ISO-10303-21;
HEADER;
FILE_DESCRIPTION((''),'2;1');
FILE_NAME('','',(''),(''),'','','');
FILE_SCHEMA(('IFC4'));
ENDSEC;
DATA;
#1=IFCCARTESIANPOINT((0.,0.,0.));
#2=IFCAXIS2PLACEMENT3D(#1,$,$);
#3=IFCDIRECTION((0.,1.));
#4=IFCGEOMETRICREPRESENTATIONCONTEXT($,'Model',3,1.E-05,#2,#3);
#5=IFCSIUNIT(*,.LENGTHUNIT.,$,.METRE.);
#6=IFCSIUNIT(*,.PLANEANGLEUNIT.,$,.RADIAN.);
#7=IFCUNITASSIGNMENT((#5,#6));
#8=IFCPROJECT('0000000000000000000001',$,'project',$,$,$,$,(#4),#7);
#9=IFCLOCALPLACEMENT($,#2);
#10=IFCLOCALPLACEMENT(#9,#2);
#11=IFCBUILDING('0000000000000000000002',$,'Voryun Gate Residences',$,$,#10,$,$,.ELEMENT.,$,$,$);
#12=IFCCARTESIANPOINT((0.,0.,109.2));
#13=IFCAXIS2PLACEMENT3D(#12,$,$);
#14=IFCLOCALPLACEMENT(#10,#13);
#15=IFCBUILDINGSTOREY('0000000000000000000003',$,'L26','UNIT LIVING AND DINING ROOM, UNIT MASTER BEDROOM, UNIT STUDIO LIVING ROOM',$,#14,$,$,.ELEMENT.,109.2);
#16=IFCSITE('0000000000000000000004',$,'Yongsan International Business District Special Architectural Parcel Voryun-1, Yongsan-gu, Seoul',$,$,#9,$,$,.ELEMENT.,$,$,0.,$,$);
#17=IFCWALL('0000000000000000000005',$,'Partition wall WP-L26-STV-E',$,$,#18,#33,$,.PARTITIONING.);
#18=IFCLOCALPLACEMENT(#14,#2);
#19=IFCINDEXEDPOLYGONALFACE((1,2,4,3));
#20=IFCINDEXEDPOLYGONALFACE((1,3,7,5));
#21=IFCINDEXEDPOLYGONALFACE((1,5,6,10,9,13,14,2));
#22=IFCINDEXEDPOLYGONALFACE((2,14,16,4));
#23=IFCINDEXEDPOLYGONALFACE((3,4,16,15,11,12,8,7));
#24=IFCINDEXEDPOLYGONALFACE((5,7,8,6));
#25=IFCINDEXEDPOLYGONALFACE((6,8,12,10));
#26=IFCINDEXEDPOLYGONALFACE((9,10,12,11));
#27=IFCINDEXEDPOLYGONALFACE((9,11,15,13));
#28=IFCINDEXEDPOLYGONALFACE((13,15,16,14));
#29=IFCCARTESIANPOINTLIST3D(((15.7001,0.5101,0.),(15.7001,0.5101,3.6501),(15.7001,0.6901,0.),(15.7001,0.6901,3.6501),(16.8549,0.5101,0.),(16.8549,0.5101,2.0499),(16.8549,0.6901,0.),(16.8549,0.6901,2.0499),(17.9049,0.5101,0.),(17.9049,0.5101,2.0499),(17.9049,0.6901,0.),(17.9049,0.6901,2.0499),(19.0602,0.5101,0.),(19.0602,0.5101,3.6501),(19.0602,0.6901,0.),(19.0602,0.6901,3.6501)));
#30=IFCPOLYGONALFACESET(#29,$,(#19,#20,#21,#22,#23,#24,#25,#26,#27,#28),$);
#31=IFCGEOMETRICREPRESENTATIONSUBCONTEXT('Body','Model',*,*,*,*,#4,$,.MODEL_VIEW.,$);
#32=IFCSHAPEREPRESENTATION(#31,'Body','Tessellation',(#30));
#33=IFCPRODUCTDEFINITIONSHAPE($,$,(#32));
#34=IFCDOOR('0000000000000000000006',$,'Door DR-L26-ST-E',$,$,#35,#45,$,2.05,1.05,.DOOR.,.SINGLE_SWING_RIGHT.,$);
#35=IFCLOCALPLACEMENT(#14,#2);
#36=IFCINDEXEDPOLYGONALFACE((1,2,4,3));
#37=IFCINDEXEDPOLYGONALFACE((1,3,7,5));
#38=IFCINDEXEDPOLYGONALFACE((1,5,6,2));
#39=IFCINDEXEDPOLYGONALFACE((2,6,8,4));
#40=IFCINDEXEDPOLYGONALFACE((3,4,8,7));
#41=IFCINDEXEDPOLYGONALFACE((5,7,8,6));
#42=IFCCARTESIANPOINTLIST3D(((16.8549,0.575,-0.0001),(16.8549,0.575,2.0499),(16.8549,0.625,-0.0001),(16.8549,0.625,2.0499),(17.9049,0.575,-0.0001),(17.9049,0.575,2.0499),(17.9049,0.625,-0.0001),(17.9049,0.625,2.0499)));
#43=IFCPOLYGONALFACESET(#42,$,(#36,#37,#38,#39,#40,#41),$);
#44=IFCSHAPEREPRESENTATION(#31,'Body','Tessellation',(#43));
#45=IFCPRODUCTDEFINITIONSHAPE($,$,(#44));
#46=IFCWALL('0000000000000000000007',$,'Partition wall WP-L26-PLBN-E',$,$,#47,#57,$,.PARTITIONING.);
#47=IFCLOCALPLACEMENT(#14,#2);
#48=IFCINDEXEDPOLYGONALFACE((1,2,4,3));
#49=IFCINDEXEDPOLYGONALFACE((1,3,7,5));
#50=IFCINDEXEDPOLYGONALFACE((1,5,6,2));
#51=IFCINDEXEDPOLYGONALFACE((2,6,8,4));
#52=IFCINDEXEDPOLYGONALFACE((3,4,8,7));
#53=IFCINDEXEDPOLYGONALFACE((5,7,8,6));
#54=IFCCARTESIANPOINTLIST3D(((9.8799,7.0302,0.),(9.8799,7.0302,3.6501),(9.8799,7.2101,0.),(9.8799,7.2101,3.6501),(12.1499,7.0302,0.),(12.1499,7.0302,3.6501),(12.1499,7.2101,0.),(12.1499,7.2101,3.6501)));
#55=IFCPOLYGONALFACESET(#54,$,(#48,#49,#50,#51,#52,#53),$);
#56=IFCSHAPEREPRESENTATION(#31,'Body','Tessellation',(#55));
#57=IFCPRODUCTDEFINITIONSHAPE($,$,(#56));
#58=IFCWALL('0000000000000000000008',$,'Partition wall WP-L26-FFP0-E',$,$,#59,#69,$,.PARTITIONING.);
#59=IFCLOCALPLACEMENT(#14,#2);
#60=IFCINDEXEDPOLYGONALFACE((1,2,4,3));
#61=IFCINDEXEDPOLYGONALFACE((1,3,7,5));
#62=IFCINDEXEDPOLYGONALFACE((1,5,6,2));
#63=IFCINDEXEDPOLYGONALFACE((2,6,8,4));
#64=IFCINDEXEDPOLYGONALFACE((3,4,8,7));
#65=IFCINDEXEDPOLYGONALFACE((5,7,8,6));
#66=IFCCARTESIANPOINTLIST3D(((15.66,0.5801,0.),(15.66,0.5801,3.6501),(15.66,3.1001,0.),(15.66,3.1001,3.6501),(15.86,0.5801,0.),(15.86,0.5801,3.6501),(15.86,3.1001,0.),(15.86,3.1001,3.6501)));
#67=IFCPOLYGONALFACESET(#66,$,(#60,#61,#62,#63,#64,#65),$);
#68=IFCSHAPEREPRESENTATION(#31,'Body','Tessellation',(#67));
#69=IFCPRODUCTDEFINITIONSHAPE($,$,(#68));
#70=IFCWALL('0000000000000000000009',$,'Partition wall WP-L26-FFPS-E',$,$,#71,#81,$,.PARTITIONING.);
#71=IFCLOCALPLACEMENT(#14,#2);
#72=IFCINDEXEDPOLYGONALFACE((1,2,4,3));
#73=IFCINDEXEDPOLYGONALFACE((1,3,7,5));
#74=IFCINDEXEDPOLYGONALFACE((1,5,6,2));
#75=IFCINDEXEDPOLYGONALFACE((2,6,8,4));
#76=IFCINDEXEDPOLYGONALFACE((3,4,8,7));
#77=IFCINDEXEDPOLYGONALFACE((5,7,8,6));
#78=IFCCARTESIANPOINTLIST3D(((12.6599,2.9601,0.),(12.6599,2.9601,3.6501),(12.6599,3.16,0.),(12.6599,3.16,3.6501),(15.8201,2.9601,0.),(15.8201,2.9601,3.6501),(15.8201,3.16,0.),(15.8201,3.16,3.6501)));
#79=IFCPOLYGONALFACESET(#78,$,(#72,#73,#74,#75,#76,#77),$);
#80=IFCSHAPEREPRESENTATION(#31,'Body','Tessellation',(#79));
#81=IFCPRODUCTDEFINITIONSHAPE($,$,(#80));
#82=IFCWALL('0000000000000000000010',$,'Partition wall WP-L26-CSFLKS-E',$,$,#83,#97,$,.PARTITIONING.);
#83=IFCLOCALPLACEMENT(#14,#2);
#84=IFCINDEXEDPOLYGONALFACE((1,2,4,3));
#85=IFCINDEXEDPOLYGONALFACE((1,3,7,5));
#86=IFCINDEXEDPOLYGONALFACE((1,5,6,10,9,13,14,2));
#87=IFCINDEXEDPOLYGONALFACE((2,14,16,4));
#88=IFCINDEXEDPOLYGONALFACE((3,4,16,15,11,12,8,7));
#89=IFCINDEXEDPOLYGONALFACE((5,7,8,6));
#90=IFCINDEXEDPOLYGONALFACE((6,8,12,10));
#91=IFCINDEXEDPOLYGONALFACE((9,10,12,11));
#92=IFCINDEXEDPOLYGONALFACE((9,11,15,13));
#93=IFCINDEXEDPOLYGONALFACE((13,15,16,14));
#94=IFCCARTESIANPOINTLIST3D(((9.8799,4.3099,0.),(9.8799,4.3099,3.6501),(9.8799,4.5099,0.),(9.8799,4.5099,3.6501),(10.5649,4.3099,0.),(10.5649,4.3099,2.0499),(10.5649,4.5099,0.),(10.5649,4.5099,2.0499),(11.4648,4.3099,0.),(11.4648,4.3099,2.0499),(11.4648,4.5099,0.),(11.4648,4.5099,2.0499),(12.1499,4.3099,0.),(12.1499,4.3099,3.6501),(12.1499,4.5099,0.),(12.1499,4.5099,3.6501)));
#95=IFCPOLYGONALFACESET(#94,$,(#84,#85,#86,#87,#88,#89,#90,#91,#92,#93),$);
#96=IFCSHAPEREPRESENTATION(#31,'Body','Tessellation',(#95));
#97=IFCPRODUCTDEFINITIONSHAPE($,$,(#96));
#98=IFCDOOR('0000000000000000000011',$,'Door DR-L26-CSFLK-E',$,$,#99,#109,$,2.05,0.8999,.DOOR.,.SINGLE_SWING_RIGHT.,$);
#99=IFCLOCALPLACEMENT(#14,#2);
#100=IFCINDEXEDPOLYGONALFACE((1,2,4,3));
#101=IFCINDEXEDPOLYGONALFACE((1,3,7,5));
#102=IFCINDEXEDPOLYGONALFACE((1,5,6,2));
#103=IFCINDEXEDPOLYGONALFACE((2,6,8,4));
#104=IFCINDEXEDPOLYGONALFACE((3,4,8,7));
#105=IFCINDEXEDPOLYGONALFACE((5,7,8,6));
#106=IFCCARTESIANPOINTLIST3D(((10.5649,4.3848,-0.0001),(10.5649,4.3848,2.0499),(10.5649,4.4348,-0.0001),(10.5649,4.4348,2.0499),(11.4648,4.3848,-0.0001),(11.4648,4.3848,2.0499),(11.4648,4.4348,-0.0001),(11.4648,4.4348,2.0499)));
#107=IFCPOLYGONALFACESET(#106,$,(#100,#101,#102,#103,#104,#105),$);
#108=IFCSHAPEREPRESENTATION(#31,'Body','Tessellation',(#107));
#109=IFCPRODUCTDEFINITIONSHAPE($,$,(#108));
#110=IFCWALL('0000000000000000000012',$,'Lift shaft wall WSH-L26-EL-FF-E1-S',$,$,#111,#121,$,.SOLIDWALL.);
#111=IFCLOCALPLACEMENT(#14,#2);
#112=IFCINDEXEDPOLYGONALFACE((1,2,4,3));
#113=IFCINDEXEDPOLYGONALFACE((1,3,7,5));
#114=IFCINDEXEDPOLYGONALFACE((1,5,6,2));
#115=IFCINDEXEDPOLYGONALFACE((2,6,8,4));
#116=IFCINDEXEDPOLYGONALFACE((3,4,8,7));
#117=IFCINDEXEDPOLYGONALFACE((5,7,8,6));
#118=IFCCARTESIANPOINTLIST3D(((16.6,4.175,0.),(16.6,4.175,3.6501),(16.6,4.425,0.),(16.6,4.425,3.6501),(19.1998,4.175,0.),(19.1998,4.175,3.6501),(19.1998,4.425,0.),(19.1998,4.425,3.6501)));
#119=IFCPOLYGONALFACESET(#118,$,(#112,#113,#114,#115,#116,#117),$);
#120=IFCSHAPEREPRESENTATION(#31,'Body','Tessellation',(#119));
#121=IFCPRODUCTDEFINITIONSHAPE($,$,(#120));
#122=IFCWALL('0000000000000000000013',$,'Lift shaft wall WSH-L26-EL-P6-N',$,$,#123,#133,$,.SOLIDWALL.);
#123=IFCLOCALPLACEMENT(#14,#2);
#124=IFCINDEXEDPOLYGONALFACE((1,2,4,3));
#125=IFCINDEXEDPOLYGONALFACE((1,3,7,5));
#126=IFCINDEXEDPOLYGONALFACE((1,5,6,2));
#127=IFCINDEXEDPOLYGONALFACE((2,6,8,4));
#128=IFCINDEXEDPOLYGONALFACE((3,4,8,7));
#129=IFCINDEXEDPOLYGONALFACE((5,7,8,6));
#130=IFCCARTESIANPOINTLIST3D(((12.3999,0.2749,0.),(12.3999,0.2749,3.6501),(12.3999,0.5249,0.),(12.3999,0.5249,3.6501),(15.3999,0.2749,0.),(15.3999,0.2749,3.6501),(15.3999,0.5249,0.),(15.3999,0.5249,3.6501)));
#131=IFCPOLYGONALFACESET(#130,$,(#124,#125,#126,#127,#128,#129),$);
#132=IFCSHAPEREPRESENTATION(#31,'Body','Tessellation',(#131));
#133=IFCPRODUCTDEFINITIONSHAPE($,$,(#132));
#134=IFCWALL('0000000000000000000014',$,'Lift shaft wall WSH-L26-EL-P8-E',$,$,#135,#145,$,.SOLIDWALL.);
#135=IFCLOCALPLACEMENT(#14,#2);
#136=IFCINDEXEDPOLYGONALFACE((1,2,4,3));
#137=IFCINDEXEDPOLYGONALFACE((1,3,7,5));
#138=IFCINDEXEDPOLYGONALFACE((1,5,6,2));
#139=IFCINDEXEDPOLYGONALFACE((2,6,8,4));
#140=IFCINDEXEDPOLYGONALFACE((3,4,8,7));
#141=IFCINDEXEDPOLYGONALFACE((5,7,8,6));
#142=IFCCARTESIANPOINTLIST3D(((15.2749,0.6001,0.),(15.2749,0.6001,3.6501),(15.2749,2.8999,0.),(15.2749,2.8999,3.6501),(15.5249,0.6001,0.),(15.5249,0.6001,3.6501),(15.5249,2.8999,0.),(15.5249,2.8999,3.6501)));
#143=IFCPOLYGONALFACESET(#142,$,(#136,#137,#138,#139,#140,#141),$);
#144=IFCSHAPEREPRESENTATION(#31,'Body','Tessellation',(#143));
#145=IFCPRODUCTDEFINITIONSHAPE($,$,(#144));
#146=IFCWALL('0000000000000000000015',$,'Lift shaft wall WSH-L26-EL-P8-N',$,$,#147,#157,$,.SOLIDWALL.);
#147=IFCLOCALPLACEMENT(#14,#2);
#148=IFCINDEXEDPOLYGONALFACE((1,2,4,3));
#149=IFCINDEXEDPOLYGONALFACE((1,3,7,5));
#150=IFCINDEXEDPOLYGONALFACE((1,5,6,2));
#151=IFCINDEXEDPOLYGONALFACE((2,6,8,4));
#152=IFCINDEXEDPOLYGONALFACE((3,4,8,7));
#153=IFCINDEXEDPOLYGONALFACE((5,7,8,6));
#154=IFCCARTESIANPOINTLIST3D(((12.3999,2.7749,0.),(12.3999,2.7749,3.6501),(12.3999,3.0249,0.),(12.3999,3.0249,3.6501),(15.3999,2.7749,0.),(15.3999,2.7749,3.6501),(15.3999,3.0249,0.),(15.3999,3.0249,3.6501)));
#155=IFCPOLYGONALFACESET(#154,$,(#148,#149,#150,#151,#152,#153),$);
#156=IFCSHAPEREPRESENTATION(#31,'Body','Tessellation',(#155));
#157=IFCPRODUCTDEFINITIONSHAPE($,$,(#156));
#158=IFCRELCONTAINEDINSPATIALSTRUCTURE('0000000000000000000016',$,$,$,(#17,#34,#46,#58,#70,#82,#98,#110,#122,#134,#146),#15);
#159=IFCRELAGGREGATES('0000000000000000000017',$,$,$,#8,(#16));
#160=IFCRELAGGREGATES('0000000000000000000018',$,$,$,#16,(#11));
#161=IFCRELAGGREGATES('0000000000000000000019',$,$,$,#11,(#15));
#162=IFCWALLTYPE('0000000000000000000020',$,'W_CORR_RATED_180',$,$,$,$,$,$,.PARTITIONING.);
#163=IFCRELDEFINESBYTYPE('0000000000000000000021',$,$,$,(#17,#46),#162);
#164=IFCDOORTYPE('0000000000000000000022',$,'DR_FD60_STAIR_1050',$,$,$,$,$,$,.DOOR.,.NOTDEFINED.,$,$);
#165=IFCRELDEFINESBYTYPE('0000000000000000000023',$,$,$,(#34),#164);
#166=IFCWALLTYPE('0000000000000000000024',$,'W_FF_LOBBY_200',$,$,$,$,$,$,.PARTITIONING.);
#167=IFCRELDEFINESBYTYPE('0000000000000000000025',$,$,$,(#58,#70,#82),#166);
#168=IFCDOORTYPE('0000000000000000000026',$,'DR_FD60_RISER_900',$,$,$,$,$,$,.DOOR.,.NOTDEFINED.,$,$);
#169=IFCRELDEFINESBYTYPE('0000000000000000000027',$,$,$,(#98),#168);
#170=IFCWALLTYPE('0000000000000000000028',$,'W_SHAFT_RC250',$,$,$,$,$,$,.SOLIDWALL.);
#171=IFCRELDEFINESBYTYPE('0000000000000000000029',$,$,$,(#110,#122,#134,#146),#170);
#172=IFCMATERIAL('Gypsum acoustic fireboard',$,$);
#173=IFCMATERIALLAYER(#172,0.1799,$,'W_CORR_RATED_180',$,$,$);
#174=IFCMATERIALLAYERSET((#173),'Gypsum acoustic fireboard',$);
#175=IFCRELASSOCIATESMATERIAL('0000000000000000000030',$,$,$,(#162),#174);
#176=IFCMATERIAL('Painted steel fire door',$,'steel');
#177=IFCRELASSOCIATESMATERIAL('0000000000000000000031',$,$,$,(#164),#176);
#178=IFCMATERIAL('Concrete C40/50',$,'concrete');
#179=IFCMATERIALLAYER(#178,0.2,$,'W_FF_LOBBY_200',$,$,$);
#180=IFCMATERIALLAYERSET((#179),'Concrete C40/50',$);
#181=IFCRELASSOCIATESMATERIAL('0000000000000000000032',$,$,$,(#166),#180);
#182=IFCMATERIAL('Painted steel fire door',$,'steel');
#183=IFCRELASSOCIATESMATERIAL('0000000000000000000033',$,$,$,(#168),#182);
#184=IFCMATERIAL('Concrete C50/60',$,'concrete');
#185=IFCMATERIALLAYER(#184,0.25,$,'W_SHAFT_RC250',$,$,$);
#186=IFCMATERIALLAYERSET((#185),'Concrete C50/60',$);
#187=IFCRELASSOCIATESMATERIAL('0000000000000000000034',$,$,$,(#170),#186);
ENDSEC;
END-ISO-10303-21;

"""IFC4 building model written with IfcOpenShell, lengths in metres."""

from ifc_helpers import new_model, si_unit, direction, frame, frame_2d, origin, place, context, subcontext, project, spatial, rectangle, extrude, material, layer, layer_set, type_object, element, fill, save


model = new_model("IFC4")

# Units and contexts
model_context = context("Model", 3, precision=1e-05, world=origin(), true_north=direction((0.0, 1.0)))
body_context = subcontext(model_context, "Body", "Model", "MODEL_VIEW")
ifc_project = project(units=[si_unit("LENGTHUNIT", "METRE"), si_unit("PLANEANGLEUNIT", "RADIAN")], contexts=[model_context])

# Site, building, storey
site_placement = place(None, origin())
site = spatial("IfcSite", under=ifc_project, at=site_placement, Name="Yongsan International Business District Special Architectural Parcel Voryun-1, Yongsan-gu, Seoul", CompositionType="ELEMENT", RefElevation=0.0)
building_placement = place(site_placement, origin())
building = spatial("IfcBuilding", under=site, at=building_placement, Name="Voryun Gate Residences", CompositionType="ELEMENT")
storey_placement = place(building_placement, frame((0.0, 0.0, 109.2)))
storey = spatial("IfcBuildingStorey", under=building, at=storey_placement, Name="L26", Description="UNIT LIVING AND DINING ROOM, UNIT MASTER BEDROOM, UNIT STUDIO LIVING ROOM", CompositionType="ELEMENT", Elevation=109.2)

# Wall, opening, door
ifc_material_1 = material(Name="Gypsum acoustic fireboard")
ifc_layer_1 = layer(ifc_material_1, 0.1799, Name="W_CORR_RATED_180")
ifc_layer_set_1 = layer_set([ifc_layer_1], Name="Gypsum acoustic fireboard")
wall_type_1 = type_object("IfcWallType", Name="W_CORR_RATED_180", PredefinedType="PARTITIONING", material=ifc_layer_set_1)
wall_1_placement = place(storey_placement, frame((15.7, 0.6001, 0.0), z_axis=(0.0, 0.0, 1.0), x_axis=(1.0, 0.0, 0.0)))
wall_1 = element("IfcWall", 1, at=wall_1_placement, inside=storey, type_object=wall_type_1, Name="Partition wall WP-L26-STV-E", PredefinedType="PARTITIONING", context=body_context, shape_type="SweptSolid", body=[
    extrude(rectangle(XDim=3.3601, YDim=0.1799, at=frame_2d((1.6802, 0.0))), origin(), (0.0, 0.0, 1.0), 3.6501),
])
opening_1_placement = place(wall_1_placement, frame((1.155, 0.0, 0.0)))
opening_1 = element("IfcOpeningElement", 2, at=opening_1_placement, cuts=wall_1, PredefinedType="OPENING", context=body_context, shape_type="SweptSolid", body=[
    extrude(rectangle(XDim=1.05, YDim=2.05, at=frame_2d((0.5249, 1.0249))), frame((0.0, 0.0999, 0.0), z_axis=(0.0, -1.0, 0.0), x_axis=(1.0, 0.0, 0.0)), (0.0, 0.0, 1.0), 0.2),
])
ifc_material_2 = material(Name="Painted steel fire door", Category="steel")
door_type_1 = type_object("IfcDoorType", Name="DR_FD60_STAIR_1050", OperationType="NOTDEFINED", PredefinedType="DOOR", material=ifc_material_2)
door_1_placement = place(opening_1_placement, origin())
door_1 = element("IfcDoor", 3, at=door_1_placement, inside=storey, type_object=door_type_1, Name="Door DR-L26-ST-E", OperationType="SINGLE_SWING_RIGHT", OverallHeight=2.05, OverallWidth=1.05, PredefinedType="DOOR", context=body_context, shape_type="SweptSolid", body=[
    extrude(rectangle(XDim=1.05, YDim=2.05, at=frame_2d((0.5249, 1.0249))), frame((0.0, 0.0249, 0.0), z_axis=(0.0, -1.0, 0.0), x_axis=(1.0, 0.0, 0.0)), (0.0, 0.0, 1.0), 0.05),
])
fill(opening_1, door_1)

# Walls
wall_2_placement = place(storey_placement, frame((9.8799, 7.1201, 0.0), z_axis=(0.0, 0.0, 1.0), x_axis=(1.0, 0.0, 0.0)))
element("IfcWall", 4, at=wall_2_placement, inside=storey, type_object=wall_type_1, Name="Partition wall WP-L26-PLBN-E", PredefinedType="PARTITIONING", context=body_context, shape_type="SweptSolid", body=[
    extrude(rectangle(XDim=2.27, YDim=0.1799, at=frame_2d((1.135, 0.0))), origin(), (0.0, 0.0, 1.0), 3.6501),
])
ifc_material_3 = material(Name="Concrete C40/50", Category="concrete")
ifc_layer_2 = layer(ifc_material_3, 0.2, Name="W_FF_LOBBY_200")
ifc_layer_set_2 = layer_set([ifc_layer_2], Name="Concrete C40/50")
wall_type_2 = type_object("IfcWallType", Name="W_FF_LOBBY_200", PredefinedType="PARTITIONING", material=ifc_layer_set_2)
wall_3_placement = place(storey_placement, frame((15.76, 0.5801, 0.0), z_axis=(0.0, 0.0, 1.0), x_axis=(0.0, 1.0, 0.0)))
element("IfcWall", 5, at=wall_3_placement, inside=storey, type_object=wall_type_2, Name="Partition wall WP-L26-FFP0-E", PredefinedType="PARTITIONING", context=body_context, shape_type="SweptSolid", body=[
    extrude(rectangle(XDim=2.52, YDim=0.2, at=frame_2d((1.26, 0.0))), origin(), (0.0, 0.0, 1.0), 3.6501),
])
wall_4_placement = place(storey_placement, frame((12.6599, 3.0601, 0.0), z_axis=(0.0, 0.0, 1.0), x_axis=(1.0, 0.0, 0.0)))
element("IfcWall", 6, at=wall_4_placement, inside=storey, type_object=wall_type_2, Name="Partition wall WP-L26-FFPS-E", PredefinedType="PARTITIONING", context=body_context, shape_type="SweptSolid", body=[
    extrude(rectangle(XDim=3.1602, YDim=0.2, at=frame_2d((1.5801, 0.0))), origin(), (0.0, 0.0, 1.0), 3.6501),
])

# Wall, opening, door
wall_5_placement = place(storey_placement, frame((9.8799, 4.4099, 0.0), z_axis=(0.0, 0.0, 1.0), x_axis=(1.0, 0.0, 0.0)))
wall_5 = element("IfcWall", 7, at=wall_5_placement, inside=storey, type_object=wall_type_2, Name="Partition wall WP-L26-CSFLKS-E", PredefinedType="PARTITIONING", context=body_context, shape_type="SweptSolid", body=[
    extrude(rectangle(XDim=2.27, YDim=0.2, at=frame_2d((1.135, 0.0))), origin(), (0.0, 0.0, 1.0), 3.6501),
])
opening_2_placement = place(wall_5_placement, frame((0.6851, 0.0, 0.0)))
opening_2 = element("IfcOpeningElement", 8, at=opening_2_placement, cuts=wall_5, PredefinedType="OPENING", context=body_context, shape_type="SweptSolid", body=[
    extrude(rectangle(XDim=0.8999, YDim=2.05, at=frame_2d((0.45, 1.0249))), frame((0.0, 0.1101, 0.0), z_axis=(0.0, -1.0, 0.0), x_axis=(1.0, 0.0, 0.0)), (0.0, 0.0, 1.0), 0.22),
])
ifc_material_4 = material(Name="Painted steel fire door", Category="steel")
door_type_2 = type_object("IfcDoorType", Name="DR_FD60_RISER_900", OperationType="NOTDEFINED", PredefinedType="DOOR", material=ifc_material_4)
door_2_placement = place(opening_2_placement, origin())
door_2 = element("IfcDoor", 9, at=door_2_placement, inside=storey, type_object=door_type_2, Name="Door DR-L26-CSFLK-E", OperationType="SINGLE_SWING_RIGHT", OverallHeight=2.05, OverallWidth=0.8999, PredefinedType="DOOR", context=body_context, shape_type="SweptSolid", body=[
    extrude(rectangle(XDim=0.8999, YDim=2.05, at=frame_2d((0.45, 1.0249))), frame((0.0, 0.0249, 0.0), z_axis=(0.0, -1.0, 0.0), x_axis=(1.0, 0.0, 0.0)), (0.0, 0.0, 1.0), 0.05),
])
fill(opening_2, door_2)

# Walls
ifc_material_5 = material(Name="Concrete C50/60", Category="concrete")
ifc_layer_3 = layer(ifc_material_5, 0.25, Name="W_SHAFT_RC250")
ifc_layer_set_3 = layer_set([ifc_layer_3], Name="Concrete C50/60")
wall_type_3 = type_object("IfcWallType", Name="W_SHAFT_RC250", PredefinedType="SOLIDWALL", material=ifc_layer_set_3)
wall_6_placement = place(storey_placement, frame((16.6001, 4.3, 0.0), z_axis=(0.0, 0.0, 1.0), x_axis=(1.0, 0.0, 0.0)))
element("IfcWall", 10, at=wall_6_placement, inside=storey, type_object=wall_type_3, Name="Lift shaft wall WSH-L26-EL-FF-E1-S", PredefinedType="SOLIDWALL", context=body_context, shape_type="SweptSolid", body=[
    extrude(rectangle(XDim=2.5999, YDim=0.25, at=frame_2d((1.2998, 0.0))), origin(), (0.0, 0.0, 1.0), 3.6501),
])
wall_7_placement = place(storey_placement, frame((15.3999, 0.3999, 0.0), z_axis=(0.0, 0.0, 1.0), x_axis=(-1.0, 0.0, 0.0)))
element("IfcWall", 11, at=wall_7_placement, inside=storey, type_object=wall_type_3, Name="Lift shaft wall WSH-L26-EL-P6-N", PredefinedType="SOLIDWALL", context=body_context, shape_type="SweptSolid", body=[
    extrude(rectangle(XDim=3.0, YDim=0.25, at=frame_2d((1.5, 0.0))), origin(), (0.0, 0.0, 1.0), 3.6501),
])
wall_8_placement = place(storey_placement, frame((15.3999, 0.6001, 0.0), z_axis=(0.0, 0.0, 1.0), x_axis=(0.0, 1.0, 0.0)))
element("IfcWall", 12, at=wall_8_placement, inside=storey, type_object=wall_type_3, Name="Lift shaft wall WSH-L26-EL-P8-E", PredefinedType="SOLIDWALL", context=body_context, shape_type="SweptSolid", body=[
    extrude(rectangle(XDim=2.2998, YDim=0.25, at=frame_2d((1.1499, 0.0))), origin(), (0.0, 0.0, 1.0), 3.6501),
])
wall_9_placement = place(storey_placement, frame((15.3999, 2.8999, 0.0), z_axis=(0.0, 0.0, 1.0), x_axis=(-1.0, 0.0, 0.0)))
element("IfcWall", 13, at=wall_9_placement, inside=storey, type_object=wall_type_3, Name="Lift shaft wall WSH-L26-EL-P8-N", PredefinedType="SOLIDWALL", context=body_context, shape_type="SweptSolid", body=[
    extrude(rectangle(XDim=3.0, YDim=0.25, at=frame_2d((1.5, 0.0))), origin(), (0.0, 0.0, 1.0), 3.6501),
])

save(model, "model.ifc")
